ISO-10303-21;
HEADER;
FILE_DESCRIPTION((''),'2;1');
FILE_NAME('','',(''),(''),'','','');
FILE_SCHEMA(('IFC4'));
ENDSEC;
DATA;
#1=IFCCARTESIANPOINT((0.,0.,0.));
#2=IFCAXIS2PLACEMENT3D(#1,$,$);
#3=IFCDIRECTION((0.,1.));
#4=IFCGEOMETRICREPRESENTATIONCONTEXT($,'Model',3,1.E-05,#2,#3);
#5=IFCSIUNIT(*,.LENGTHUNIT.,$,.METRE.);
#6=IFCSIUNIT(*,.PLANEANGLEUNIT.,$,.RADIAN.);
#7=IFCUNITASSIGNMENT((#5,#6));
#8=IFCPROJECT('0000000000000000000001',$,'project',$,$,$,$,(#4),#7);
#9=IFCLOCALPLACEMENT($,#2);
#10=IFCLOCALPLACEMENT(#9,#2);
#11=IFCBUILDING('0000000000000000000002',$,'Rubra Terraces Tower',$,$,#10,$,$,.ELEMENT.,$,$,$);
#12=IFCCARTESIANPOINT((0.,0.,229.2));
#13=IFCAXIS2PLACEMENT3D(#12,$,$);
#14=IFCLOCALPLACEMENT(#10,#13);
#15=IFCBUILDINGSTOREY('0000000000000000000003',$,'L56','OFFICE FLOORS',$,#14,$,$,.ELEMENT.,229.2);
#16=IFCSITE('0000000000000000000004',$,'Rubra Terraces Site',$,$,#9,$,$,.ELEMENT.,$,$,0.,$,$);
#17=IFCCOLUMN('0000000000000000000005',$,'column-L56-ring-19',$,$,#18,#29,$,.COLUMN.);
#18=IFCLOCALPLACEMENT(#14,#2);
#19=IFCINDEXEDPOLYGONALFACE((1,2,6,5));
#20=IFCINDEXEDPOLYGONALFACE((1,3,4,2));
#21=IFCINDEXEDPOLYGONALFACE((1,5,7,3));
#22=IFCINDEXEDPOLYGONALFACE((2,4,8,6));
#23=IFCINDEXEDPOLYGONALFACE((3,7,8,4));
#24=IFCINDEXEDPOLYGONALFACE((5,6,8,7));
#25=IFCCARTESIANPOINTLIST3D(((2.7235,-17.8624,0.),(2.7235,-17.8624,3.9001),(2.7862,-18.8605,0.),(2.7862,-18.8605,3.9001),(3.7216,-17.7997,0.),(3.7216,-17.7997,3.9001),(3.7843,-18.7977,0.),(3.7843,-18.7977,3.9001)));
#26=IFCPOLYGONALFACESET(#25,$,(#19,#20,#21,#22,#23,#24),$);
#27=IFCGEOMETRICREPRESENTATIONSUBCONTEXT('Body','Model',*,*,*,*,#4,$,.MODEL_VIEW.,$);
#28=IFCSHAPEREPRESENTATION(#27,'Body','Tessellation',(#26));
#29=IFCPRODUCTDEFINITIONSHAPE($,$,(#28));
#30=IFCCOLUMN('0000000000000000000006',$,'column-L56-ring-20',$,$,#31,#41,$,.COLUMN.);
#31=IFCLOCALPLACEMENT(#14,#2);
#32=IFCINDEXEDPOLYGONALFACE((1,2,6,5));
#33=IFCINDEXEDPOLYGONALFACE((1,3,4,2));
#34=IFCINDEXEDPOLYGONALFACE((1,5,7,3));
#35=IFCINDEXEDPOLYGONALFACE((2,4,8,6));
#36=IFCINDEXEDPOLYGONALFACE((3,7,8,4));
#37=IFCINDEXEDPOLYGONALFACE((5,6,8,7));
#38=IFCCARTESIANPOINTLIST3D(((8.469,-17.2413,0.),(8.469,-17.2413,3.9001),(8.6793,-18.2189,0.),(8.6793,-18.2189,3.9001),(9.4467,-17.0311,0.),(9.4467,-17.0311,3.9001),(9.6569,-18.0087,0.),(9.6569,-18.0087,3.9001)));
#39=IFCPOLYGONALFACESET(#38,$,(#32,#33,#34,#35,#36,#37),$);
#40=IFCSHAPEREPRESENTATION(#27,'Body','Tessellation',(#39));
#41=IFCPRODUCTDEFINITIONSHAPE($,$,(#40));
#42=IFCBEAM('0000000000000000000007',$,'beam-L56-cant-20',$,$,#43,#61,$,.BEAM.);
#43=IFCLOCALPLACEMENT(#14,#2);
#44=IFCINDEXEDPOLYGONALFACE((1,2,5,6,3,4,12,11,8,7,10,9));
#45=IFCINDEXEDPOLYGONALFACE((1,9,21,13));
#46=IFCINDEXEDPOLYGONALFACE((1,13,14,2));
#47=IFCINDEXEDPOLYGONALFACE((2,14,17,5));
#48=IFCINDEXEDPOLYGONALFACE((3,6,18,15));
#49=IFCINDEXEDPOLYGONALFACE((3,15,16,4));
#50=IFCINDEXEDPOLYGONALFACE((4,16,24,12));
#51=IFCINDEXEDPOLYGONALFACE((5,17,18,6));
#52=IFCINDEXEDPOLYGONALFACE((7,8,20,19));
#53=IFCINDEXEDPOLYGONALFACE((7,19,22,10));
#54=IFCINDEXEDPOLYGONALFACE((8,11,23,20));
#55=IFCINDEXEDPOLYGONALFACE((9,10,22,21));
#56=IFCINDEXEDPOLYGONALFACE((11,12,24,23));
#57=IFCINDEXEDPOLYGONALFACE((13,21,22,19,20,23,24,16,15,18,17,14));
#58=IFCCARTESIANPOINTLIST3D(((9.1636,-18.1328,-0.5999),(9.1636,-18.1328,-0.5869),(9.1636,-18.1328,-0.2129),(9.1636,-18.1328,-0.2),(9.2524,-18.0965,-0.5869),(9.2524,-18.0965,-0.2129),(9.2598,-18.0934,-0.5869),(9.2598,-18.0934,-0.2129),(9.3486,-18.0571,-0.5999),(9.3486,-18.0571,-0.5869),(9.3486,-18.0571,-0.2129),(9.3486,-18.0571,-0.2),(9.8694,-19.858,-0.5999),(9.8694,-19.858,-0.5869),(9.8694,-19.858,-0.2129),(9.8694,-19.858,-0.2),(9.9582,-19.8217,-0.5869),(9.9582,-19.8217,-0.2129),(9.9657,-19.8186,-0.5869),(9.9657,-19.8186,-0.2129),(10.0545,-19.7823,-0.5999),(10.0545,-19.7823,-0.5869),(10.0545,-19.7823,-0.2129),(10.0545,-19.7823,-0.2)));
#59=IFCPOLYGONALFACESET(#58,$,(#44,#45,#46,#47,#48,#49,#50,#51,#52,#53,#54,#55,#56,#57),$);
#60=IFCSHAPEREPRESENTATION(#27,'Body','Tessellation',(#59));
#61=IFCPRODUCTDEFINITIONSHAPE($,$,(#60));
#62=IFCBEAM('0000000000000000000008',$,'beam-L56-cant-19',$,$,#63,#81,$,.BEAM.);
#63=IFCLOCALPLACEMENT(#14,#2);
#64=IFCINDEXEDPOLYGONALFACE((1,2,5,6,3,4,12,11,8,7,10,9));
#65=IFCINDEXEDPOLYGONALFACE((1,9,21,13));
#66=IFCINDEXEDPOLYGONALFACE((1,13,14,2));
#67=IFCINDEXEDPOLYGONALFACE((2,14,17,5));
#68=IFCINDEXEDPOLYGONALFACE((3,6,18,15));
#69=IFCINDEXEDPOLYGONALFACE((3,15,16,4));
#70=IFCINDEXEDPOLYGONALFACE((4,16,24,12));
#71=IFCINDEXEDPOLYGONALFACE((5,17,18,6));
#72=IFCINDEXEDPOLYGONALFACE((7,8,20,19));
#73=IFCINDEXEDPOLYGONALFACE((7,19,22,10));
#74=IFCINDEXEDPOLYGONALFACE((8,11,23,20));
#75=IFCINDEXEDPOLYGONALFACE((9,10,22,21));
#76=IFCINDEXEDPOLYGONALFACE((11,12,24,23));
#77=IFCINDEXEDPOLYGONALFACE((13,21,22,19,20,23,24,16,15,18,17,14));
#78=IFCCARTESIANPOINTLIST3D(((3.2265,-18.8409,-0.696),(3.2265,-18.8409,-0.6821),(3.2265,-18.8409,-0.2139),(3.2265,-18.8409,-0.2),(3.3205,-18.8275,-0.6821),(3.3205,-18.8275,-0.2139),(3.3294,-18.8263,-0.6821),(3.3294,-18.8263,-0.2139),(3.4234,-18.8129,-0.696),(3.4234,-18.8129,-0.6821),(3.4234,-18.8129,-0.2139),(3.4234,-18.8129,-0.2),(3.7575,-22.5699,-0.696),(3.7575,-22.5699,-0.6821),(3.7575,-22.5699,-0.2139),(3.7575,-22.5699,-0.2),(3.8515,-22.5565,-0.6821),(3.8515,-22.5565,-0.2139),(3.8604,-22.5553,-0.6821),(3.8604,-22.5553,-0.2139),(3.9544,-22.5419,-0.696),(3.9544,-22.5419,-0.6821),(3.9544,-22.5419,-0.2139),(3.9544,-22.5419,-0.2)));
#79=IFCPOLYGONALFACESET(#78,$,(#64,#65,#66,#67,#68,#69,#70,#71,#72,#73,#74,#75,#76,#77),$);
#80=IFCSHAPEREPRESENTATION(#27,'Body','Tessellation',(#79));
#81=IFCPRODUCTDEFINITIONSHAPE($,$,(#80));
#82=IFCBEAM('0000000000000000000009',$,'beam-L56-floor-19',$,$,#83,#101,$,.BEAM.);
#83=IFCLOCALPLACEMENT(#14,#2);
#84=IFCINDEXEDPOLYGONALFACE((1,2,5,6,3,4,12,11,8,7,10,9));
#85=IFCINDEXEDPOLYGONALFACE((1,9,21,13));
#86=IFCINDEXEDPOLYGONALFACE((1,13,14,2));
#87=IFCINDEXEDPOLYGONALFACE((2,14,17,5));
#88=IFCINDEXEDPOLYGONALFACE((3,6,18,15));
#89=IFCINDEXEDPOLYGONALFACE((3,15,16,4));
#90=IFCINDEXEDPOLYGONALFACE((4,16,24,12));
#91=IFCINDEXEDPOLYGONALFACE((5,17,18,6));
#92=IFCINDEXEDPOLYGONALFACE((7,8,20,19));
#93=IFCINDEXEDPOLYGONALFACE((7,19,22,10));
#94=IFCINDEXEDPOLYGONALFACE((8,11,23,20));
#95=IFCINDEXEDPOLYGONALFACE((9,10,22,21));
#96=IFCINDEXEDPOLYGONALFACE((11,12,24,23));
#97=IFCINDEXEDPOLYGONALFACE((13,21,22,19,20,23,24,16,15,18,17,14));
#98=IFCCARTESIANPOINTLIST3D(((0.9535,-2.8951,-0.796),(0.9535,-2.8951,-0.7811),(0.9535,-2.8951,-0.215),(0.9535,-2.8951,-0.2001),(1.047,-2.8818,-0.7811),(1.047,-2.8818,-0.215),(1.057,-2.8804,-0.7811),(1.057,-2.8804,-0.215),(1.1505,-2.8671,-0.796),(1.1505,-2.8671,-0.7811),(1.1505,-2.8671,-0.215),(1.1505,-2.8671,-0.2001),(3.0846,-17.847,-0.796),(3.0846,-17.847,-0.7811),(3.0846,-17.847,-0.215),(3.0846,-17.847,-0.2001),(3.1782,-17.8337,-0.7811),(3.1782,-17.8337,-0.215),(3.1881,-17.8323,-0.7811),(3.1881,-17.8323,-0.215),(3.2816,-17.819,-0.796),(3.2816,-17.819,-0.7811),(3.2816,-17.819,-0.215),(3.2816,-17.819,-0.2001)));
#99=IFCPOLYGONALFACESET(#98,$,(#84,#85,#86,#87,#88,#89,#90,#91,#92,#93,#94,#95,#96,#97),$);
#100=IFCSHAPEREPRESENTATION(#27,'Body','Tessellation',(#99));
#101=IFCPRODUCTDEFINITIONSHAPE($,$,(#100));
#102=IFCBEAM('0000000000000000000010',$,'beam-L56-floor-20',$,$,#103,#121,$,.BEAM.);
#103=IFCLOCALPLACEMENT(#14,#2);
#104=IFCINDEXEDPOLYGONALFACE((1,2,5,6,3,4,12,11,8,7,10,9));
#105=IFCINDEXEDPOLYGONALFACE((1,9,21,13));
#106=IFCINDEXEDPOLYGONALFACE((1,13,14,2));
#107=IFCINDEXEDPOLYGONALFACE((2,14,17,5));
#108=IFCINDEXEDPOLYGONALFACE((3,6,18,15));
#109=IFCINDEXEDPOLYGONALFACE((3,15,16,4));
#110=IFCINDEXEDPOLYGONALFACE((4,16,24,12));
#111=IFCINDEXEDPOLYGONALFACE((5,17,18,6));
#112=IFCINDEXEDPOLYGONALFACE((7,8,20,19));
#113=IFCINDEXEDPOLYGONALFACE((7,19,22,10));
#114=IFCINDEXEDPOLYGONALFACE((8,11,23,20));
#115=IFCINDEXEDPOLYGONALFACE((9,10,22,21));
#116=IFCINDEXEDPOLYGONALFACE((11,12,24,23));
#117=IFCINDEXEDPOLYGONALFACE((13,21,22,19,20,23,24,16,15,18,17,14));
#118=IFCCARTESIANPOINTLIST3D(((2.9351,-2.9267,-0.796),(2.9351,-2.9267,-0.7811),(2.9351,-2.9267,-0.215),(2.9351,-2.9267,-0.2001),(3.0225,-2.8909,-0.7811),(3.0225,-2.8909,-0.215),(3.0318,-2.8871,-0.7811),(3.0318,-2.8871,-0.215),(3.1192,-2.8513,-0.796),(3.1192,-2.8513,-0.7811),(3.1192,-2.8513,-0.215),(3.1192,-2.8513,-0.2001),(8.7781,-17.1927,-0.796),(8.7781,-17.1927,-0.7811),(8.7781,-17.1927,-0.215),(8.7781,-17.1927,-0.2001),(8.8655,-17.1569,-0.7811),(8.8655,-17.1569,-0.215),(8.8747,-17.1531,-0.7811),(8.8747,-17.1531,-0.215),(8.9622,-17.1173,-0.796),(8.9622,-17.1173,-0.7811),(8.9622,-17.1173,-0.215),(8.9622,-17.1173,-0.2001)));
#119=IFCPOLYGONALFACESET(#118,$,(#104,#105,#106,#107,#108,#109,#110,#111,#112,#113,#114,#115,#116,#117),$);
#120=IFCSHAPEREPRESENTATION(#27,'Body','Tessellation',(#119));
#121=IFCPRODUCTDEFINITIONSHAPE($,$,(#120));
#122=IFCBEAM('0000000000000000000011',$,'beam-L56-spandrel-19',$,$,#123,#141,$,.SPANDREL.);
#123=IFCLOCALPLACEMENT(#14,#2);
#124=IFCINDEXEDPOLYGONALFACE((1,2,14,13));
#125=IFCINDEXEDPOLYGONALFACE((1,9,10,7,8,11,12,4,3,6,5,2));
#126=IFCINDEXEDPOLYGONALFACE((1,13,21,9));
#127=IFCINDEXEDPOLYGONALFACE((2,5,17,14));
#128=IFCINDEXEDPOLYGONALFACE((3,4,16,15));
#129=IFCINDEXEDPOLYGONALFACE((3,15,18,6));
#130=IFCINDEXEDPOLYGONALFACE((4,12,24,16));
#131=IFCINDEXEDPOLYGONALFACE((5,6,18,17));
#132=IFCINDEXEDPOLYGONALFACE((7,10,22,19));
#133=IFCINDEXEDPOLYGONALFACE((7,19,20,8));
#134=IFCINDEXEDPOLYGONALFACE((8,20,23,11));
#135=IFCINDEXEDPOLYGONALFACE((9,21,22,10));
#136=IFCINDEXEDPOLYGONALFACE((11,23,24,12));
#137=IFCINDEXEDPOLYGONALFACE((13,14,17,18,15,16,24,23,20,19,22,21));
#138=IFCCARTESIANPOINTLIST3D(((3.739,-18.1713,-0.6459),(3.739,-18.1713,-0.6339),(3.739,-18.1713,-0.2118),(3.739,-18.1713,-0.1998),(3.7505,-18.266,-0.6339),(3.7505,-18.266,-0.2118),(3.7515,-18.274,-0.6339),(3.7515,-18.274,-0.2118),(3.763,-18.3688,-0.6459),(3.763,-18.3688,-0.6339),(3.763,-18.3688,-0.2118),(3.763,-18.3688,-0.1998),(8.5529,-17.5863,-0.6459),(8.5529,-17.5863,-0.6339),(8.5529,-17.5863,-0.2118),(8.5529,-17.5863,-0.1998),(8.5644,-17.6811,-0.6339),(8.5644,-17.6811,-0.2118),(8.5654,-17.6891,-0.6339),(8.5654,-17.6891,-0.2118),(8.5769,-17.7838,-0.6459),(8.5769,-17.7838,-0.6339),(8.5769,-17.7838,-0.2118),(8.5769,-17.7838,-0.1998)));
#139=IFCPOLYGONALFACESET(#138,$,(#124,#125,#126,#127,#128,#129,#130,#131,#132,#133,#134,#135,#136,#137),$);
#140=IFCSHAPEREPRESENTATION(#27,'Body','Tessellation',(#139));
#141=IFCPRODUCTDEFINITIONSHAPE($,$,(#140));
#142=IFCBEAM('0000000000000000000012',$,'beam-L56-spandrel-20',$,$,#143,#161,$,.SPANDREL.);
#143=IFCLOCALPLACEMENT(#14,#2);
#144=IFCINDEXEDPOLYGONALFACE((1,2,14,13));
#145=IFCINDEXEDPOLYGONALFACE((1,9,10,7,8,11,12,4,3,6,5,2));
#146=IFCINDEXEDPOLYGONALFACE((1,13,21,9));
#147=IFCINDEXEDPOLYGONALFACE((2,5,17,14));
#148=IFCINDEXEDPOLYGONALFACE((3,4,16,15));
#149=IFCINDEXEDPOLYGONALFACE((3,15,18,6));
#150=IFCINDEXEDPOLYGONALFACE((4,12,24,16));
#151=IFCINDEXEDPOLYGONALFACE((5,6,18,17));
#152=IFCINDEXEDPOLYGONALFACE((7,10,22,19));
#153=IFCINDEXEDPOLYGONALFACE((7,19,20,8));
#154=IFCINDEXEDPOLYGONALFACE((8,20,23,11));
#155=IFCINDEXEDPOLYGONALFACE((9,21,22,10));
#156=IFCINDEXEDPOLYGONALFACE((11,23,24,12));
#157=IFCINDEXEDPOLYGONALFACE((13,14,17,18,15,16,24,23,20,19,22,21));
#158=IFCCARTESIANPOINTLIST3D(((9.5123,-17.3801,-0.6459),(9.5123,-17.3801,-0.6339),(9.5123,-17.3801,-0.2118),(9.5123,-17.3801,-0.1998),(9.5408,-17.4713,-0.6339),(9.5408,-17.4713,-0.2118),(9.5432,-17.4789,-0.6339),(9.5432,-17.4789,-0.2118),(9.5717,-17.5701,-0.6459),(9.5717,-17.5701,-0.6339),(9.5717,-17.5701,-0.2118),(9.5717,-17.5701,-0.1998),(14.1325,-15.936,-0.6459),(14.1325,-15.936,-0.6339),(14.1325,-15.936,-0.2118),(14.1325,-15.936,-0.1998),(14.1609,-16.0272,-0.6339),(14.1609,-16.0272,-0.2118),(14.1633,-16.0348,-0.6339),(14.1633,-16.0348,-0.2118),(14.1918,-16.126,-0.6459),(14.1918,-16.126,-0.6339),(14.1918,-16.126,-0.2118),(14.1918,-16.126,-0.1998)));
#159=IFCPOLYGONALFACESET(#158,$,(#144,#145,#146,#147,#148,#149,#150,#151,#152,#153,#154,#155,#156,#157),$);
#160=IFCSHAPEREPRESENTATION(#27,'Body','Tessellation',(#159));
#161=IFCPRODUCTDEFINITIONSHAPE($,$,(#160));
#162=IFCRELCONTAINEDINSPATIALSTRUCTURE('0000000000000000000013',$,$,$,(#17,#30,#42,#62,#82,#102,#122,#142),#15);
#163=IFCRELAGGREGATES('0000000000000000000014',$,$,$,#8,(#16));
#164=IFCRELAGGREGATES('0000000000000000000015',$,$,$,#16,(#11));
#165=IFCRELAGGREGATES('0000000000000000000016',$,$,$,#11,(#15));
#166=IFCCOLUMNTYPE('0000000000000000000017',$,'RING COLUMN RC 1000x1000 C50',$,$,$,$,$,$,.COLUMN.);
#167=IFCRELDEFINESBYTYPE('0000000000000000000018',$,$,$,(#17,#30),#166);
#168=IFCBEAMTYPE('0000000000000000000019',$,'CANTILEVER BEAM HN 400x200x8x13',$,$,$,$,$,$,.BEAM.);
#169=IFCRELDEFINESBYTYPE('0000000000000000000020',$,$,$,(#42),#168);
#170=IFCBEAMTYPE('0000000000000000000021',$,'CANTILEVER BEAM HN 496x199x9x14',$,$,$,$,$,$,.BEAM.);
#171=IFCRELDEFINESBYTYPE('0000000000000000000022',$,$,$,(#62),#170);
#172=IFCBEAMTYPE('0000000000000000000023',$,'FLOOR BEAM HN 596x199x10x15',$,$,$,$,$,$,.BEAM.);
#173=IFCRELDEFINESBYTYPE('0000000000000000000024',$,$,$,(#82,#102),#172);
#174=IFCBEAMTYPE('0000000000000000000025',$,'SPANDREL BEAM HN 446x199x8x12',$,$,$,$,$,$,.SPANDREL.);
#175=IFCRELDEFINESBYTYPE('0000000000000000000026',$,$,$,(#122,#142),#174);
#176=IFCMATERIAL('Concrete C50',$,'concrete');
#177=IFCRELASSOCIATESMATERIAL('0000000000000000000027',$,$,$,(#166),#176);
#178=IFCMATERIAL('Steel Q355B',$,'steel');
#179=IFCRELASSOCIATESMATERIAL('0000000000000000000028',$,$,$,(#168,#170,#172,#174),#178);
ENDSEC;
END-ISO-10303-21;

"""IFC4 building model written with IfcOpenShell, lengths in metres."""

from ifc_helpers import new_model, si_unit, direction, frame, origin, origin_2d, place, context, subcontext, project, spatial, rectangle, i_section, extrude, material, material_profile, profile_set, type_object, element, save


model = new_model("IFC4")

# Units and contexts
model_context = context("Model", 3, precision=1e-05, world=origin(), true_north=direction((0.0, 1.0)))
body_context = subcontext(model_context, "Body", "Model", "MODEL_VIEW")
ifc_project = project(units=[si_unit("LENGTHUNIT", "METRE"), si_unit("PLANEANGLEUNIT", "RADIAN")], contexts=[model_context])

# Site, building, storey
site_placement = place(None, origin())
site = spatial("IfcSite", under=ifc_project, at=site_placement, Name="Rubra Terraces Site", CompositionType="ELEMENT", RefElevation=0.0)
building_placement = place(site_placement, origin())
building = spatial("IfcBuilding", under=site, at=building_placement, Name="Rubra Terraces Tower", CompositionType="ELEMENT")
storey_placement = place(building_placement, frame((0.0, 0.0, 229.2)))
storey = spatial("IfcBuildingStorey", under=building, at=storey_placement, Name="L56", Description="OFFICE FLOORS", CompositionType="ELEMENT", Elevation=229.2)

# Columns
ifc_material_1 = material(Name="Concrete C50", Category="concrete")
ifc_material_profile_1 = material_profile(ifc_material_1, rectangle(XDim=1.0, YDim=1.0, at=origin_2d()), Name="RC 1000x1000")
ifc_profile_set_1 = profile_set([ifc_material_profile_1], Name="Concrete C50")
column_type = type_object("IfcColumnType", Name="RING COLUMN RC 1000x1000 C50", PredefinedType="COLUMN", material=ifc_profile_set_1)
for number, where, z_axis, x_axis, name in (
    (1, (3.2539, -18.3301, 0.0), (0.0, 0.0, 1.0), (0.998032, 0.062714, 0.0), "column-L56-ring-19"),
    (2, (9.063, -17.625, 0.0), (0.0, 0.0, 1.0), (0.977653, 0.210227, 0.0), "column-L56-ring-20"),
):
    element("IfcColumn", number, at=place(storey_placement, frame(where, z_axis=z_axis, x_axis=x_axis)), inside=storey, type_object=column_type, Name=name, PredefinedType="COLUMN", context=body_context, shape_type="SweptSolid", body=[
        extrude(rectangle(XDim=1.0, YDim=1.0, at=origin_2d()), origin(), (0.0, 0.0, 1.0), 3.9001),
    ])

# Beams
ifc_material_2 = material(Name="Steel Q355B", Category="steel")
ifc_material_profile_2 = material_profile(ifc_material_2, i_section(OverallWidth=0.2, OverallDepth=0.3999, WebThickness=0.0081, FlangeThickness=0.0129, at=origin_2d()), Name="HN 400x200x8x13")
ifc_profile_set_2 = profile_set([ifc_material_profile_2], Name="Steel Q355B")
beam_type_1 = type_object("IfcBeamType", Name="CANTILEVER BEAM HN 400x200x8x13", PredefinedType="BEAM", material=ifc_profile_set_2)
beam_1_placement = place(storey_placement, frame((9.2561, -18.095, -0.3999), z_axis=(0.378674, -0.92553, 0.0), x_axis=(0.92553, 0.378674, 0.0)))
element("IfcBeam", 3, at=beam_1_placement, inside=storey, type_object=beam_type_1, Name="beam-L56-cant-20", PredefinedType="BEAM", context=body_context, shape_type="SweptSolid", body=[
    extrude(i_section(OverallWidth=0.2, OverallDepth=0.3999, WebThickness=0.0081, FlangeThickness=0.0129, at=origin_2d()), origin(), (0.0, 0.0, 1.0), 1.864),
])
ifc_material_profile_3 = material_profile(ifc_material_2, i_section(OverallWidth=0.199, OverallDepth=0.4961, WebThickness=0.009, FlangeThickness=0.0139, at=origin_2d()), Name="HN 496x199x9x14")
ifc_profile_set_3 = profile_set([ifc_material_profile_3], Name="Steel Q355B")
beam_type_2 = type_object("IfcBeamType", Name="CANTILEVER BEAM HN 496x199x9x14", PredefinedType="BEAM", material=ifc_profile_set_3)
beam_2_placement = place(storey_placement, frame((3.325, -18.8269, -0.448), z_axis=(0.140977, -0.990013, 0.0), x_axis=(0.990013, 0.140977, 0.0)))
element("IfcBeam", 4, at=beam_2_placement, inside=storey, type_object=beam_type_2, Name="beam-L56-cant-19", PredefinedType="BEAM", context=body_context, shape_type="SweptSolid", body=[
    extrude(i_section(OverallWidth=0.199, OverallDepth=0.4961, WebThickness=0.009, FlangeThickness=0.0139, at=origin_2d()), origin(), (0.0, 0.0, 1.0), 3.7666),
])
ifc_material_profile_4 = material_profile(ifc_material_2, i_section(OverallWidth=0.199, OverallDepth=0.5959, WebThickness=0.01, FlangeThickness=0.0149, at=origin_2d()), Name="HN 596x199x10x15")
ifc_profile_set_4 = profile_set([ifc_material_profile_4], Name="Steel Q355B")
beam_type_3 = type_object("IfcBeamType", Name="FLOOR BEAM HN 596x199x10x15", PredefinedType="BEAM", material=ifc_profile_set_4)
beam_3_placement = place(storey_placement, frame((3.1831, -17.833, -0.498), z_axis=(-0.141105, 0.989995, 0.0), x_axis=(-0.989995, -0.141105, 0.0)))
element("IfcBeam", 5, at=beam_3_placement, inside=storey, type_object=beam_type_3, Name="beam-L56-floor-19", PredefinedType="BEAM", context=body_context, shape_type="SweptSolid", body=[
    extrude(i_section(OverallWidth=0.199, OverallDepth=0.5959, WebThickness=0.01, FlangeThickness=0.0149, at=origin_2d()), origin(), (0.0, 0.0, 1.0), 15.103),
])
beam_4_placement = place(storey_placement, frame((8.8701, -17.155, -0.498), z_axis=(-0.379015, 0.92539, 0.0), x_axis=(-0.92539, -0.379015, 0.0)))
element("IfcBeam", 6, at=beam_4_placement, inside=storey, type_object=beam_type_3, Name="beam-L56-floor-20", PredefinedType="BEAM", context=body_context, shape_type="SweptSolid", body=[
    extrude(i_section(OverallWidth=0.199, OverallDepth=0.5959, WebThickness=0.01, FlangeThickness=0.0149, at=origin_2d()), origin(), (0.0, 0.0, 1.0), 15.4163),
])
ifc_material_profile_5 = material_profile(ifc_material_2, i_section(OverallWidth=0.199, OverallDepth=0.446, WebThickness=0.0081, FlangeThickness=0.012, at=origin_2d()), Name="HN 446x199x8x12")
ifc_profile_set_5 = profile_set([ifc_material_profile_5], Name="Steel Q355B")
beam_type_4 = type_object("IfcBeamType", Name="SPANDREL BEAM HN 446x199x8x12", PredefinedType="SPANDREL", material=ifc_profile_set_5)
beam_5_placement = place(storey_placement, frame((3.751, -18.27, -0.4229), z_axis=(0.992698, 0.120626, 0.0), x_axis=(-0.120626, 0.992698, 0.0)))
element("IfcBeam", 7, at=beam_5_placement, inside=storey, type_object=beam_type_4, Name="beam-L56-spandrel-19", PredefinedType="SPANDREL", context=body_context, shape_type="SweptSolid", body=[
    extrude(i_section(OverallWidth=0.199, OverallDepth=0.446, WebThickness=0.0081, FlangeThickness=0.012, at=origin_2d()), origin(), (0.0, 0.0, 1.0), 4.8494),
])
beam_6_placement = place(storey_placement, frame((9.542, -17.4751, -0.4229), z_axis=(0.954462, 0.298332, 0.0), x_axis=(-0.298332, 0.954462, 0.0)))
element("IfcBeam", 8, at=beam_6_placement, inside=storey, type_object=beam_type_4, Name="beam-L56-spandrel-20", PredefinedType="SPANDREL", context=body_context, shape_type="SweptSolid", body=[
    extrude(i_section(OverallWidth=0.199, OverallDepth=0.446, WebThickness=0.0081, FlangeThickness=0.012, at=origin_2d()), origin(), (0.0, 0.0, 1.0), 4.8406),
])

save(model, "model.ifc")
